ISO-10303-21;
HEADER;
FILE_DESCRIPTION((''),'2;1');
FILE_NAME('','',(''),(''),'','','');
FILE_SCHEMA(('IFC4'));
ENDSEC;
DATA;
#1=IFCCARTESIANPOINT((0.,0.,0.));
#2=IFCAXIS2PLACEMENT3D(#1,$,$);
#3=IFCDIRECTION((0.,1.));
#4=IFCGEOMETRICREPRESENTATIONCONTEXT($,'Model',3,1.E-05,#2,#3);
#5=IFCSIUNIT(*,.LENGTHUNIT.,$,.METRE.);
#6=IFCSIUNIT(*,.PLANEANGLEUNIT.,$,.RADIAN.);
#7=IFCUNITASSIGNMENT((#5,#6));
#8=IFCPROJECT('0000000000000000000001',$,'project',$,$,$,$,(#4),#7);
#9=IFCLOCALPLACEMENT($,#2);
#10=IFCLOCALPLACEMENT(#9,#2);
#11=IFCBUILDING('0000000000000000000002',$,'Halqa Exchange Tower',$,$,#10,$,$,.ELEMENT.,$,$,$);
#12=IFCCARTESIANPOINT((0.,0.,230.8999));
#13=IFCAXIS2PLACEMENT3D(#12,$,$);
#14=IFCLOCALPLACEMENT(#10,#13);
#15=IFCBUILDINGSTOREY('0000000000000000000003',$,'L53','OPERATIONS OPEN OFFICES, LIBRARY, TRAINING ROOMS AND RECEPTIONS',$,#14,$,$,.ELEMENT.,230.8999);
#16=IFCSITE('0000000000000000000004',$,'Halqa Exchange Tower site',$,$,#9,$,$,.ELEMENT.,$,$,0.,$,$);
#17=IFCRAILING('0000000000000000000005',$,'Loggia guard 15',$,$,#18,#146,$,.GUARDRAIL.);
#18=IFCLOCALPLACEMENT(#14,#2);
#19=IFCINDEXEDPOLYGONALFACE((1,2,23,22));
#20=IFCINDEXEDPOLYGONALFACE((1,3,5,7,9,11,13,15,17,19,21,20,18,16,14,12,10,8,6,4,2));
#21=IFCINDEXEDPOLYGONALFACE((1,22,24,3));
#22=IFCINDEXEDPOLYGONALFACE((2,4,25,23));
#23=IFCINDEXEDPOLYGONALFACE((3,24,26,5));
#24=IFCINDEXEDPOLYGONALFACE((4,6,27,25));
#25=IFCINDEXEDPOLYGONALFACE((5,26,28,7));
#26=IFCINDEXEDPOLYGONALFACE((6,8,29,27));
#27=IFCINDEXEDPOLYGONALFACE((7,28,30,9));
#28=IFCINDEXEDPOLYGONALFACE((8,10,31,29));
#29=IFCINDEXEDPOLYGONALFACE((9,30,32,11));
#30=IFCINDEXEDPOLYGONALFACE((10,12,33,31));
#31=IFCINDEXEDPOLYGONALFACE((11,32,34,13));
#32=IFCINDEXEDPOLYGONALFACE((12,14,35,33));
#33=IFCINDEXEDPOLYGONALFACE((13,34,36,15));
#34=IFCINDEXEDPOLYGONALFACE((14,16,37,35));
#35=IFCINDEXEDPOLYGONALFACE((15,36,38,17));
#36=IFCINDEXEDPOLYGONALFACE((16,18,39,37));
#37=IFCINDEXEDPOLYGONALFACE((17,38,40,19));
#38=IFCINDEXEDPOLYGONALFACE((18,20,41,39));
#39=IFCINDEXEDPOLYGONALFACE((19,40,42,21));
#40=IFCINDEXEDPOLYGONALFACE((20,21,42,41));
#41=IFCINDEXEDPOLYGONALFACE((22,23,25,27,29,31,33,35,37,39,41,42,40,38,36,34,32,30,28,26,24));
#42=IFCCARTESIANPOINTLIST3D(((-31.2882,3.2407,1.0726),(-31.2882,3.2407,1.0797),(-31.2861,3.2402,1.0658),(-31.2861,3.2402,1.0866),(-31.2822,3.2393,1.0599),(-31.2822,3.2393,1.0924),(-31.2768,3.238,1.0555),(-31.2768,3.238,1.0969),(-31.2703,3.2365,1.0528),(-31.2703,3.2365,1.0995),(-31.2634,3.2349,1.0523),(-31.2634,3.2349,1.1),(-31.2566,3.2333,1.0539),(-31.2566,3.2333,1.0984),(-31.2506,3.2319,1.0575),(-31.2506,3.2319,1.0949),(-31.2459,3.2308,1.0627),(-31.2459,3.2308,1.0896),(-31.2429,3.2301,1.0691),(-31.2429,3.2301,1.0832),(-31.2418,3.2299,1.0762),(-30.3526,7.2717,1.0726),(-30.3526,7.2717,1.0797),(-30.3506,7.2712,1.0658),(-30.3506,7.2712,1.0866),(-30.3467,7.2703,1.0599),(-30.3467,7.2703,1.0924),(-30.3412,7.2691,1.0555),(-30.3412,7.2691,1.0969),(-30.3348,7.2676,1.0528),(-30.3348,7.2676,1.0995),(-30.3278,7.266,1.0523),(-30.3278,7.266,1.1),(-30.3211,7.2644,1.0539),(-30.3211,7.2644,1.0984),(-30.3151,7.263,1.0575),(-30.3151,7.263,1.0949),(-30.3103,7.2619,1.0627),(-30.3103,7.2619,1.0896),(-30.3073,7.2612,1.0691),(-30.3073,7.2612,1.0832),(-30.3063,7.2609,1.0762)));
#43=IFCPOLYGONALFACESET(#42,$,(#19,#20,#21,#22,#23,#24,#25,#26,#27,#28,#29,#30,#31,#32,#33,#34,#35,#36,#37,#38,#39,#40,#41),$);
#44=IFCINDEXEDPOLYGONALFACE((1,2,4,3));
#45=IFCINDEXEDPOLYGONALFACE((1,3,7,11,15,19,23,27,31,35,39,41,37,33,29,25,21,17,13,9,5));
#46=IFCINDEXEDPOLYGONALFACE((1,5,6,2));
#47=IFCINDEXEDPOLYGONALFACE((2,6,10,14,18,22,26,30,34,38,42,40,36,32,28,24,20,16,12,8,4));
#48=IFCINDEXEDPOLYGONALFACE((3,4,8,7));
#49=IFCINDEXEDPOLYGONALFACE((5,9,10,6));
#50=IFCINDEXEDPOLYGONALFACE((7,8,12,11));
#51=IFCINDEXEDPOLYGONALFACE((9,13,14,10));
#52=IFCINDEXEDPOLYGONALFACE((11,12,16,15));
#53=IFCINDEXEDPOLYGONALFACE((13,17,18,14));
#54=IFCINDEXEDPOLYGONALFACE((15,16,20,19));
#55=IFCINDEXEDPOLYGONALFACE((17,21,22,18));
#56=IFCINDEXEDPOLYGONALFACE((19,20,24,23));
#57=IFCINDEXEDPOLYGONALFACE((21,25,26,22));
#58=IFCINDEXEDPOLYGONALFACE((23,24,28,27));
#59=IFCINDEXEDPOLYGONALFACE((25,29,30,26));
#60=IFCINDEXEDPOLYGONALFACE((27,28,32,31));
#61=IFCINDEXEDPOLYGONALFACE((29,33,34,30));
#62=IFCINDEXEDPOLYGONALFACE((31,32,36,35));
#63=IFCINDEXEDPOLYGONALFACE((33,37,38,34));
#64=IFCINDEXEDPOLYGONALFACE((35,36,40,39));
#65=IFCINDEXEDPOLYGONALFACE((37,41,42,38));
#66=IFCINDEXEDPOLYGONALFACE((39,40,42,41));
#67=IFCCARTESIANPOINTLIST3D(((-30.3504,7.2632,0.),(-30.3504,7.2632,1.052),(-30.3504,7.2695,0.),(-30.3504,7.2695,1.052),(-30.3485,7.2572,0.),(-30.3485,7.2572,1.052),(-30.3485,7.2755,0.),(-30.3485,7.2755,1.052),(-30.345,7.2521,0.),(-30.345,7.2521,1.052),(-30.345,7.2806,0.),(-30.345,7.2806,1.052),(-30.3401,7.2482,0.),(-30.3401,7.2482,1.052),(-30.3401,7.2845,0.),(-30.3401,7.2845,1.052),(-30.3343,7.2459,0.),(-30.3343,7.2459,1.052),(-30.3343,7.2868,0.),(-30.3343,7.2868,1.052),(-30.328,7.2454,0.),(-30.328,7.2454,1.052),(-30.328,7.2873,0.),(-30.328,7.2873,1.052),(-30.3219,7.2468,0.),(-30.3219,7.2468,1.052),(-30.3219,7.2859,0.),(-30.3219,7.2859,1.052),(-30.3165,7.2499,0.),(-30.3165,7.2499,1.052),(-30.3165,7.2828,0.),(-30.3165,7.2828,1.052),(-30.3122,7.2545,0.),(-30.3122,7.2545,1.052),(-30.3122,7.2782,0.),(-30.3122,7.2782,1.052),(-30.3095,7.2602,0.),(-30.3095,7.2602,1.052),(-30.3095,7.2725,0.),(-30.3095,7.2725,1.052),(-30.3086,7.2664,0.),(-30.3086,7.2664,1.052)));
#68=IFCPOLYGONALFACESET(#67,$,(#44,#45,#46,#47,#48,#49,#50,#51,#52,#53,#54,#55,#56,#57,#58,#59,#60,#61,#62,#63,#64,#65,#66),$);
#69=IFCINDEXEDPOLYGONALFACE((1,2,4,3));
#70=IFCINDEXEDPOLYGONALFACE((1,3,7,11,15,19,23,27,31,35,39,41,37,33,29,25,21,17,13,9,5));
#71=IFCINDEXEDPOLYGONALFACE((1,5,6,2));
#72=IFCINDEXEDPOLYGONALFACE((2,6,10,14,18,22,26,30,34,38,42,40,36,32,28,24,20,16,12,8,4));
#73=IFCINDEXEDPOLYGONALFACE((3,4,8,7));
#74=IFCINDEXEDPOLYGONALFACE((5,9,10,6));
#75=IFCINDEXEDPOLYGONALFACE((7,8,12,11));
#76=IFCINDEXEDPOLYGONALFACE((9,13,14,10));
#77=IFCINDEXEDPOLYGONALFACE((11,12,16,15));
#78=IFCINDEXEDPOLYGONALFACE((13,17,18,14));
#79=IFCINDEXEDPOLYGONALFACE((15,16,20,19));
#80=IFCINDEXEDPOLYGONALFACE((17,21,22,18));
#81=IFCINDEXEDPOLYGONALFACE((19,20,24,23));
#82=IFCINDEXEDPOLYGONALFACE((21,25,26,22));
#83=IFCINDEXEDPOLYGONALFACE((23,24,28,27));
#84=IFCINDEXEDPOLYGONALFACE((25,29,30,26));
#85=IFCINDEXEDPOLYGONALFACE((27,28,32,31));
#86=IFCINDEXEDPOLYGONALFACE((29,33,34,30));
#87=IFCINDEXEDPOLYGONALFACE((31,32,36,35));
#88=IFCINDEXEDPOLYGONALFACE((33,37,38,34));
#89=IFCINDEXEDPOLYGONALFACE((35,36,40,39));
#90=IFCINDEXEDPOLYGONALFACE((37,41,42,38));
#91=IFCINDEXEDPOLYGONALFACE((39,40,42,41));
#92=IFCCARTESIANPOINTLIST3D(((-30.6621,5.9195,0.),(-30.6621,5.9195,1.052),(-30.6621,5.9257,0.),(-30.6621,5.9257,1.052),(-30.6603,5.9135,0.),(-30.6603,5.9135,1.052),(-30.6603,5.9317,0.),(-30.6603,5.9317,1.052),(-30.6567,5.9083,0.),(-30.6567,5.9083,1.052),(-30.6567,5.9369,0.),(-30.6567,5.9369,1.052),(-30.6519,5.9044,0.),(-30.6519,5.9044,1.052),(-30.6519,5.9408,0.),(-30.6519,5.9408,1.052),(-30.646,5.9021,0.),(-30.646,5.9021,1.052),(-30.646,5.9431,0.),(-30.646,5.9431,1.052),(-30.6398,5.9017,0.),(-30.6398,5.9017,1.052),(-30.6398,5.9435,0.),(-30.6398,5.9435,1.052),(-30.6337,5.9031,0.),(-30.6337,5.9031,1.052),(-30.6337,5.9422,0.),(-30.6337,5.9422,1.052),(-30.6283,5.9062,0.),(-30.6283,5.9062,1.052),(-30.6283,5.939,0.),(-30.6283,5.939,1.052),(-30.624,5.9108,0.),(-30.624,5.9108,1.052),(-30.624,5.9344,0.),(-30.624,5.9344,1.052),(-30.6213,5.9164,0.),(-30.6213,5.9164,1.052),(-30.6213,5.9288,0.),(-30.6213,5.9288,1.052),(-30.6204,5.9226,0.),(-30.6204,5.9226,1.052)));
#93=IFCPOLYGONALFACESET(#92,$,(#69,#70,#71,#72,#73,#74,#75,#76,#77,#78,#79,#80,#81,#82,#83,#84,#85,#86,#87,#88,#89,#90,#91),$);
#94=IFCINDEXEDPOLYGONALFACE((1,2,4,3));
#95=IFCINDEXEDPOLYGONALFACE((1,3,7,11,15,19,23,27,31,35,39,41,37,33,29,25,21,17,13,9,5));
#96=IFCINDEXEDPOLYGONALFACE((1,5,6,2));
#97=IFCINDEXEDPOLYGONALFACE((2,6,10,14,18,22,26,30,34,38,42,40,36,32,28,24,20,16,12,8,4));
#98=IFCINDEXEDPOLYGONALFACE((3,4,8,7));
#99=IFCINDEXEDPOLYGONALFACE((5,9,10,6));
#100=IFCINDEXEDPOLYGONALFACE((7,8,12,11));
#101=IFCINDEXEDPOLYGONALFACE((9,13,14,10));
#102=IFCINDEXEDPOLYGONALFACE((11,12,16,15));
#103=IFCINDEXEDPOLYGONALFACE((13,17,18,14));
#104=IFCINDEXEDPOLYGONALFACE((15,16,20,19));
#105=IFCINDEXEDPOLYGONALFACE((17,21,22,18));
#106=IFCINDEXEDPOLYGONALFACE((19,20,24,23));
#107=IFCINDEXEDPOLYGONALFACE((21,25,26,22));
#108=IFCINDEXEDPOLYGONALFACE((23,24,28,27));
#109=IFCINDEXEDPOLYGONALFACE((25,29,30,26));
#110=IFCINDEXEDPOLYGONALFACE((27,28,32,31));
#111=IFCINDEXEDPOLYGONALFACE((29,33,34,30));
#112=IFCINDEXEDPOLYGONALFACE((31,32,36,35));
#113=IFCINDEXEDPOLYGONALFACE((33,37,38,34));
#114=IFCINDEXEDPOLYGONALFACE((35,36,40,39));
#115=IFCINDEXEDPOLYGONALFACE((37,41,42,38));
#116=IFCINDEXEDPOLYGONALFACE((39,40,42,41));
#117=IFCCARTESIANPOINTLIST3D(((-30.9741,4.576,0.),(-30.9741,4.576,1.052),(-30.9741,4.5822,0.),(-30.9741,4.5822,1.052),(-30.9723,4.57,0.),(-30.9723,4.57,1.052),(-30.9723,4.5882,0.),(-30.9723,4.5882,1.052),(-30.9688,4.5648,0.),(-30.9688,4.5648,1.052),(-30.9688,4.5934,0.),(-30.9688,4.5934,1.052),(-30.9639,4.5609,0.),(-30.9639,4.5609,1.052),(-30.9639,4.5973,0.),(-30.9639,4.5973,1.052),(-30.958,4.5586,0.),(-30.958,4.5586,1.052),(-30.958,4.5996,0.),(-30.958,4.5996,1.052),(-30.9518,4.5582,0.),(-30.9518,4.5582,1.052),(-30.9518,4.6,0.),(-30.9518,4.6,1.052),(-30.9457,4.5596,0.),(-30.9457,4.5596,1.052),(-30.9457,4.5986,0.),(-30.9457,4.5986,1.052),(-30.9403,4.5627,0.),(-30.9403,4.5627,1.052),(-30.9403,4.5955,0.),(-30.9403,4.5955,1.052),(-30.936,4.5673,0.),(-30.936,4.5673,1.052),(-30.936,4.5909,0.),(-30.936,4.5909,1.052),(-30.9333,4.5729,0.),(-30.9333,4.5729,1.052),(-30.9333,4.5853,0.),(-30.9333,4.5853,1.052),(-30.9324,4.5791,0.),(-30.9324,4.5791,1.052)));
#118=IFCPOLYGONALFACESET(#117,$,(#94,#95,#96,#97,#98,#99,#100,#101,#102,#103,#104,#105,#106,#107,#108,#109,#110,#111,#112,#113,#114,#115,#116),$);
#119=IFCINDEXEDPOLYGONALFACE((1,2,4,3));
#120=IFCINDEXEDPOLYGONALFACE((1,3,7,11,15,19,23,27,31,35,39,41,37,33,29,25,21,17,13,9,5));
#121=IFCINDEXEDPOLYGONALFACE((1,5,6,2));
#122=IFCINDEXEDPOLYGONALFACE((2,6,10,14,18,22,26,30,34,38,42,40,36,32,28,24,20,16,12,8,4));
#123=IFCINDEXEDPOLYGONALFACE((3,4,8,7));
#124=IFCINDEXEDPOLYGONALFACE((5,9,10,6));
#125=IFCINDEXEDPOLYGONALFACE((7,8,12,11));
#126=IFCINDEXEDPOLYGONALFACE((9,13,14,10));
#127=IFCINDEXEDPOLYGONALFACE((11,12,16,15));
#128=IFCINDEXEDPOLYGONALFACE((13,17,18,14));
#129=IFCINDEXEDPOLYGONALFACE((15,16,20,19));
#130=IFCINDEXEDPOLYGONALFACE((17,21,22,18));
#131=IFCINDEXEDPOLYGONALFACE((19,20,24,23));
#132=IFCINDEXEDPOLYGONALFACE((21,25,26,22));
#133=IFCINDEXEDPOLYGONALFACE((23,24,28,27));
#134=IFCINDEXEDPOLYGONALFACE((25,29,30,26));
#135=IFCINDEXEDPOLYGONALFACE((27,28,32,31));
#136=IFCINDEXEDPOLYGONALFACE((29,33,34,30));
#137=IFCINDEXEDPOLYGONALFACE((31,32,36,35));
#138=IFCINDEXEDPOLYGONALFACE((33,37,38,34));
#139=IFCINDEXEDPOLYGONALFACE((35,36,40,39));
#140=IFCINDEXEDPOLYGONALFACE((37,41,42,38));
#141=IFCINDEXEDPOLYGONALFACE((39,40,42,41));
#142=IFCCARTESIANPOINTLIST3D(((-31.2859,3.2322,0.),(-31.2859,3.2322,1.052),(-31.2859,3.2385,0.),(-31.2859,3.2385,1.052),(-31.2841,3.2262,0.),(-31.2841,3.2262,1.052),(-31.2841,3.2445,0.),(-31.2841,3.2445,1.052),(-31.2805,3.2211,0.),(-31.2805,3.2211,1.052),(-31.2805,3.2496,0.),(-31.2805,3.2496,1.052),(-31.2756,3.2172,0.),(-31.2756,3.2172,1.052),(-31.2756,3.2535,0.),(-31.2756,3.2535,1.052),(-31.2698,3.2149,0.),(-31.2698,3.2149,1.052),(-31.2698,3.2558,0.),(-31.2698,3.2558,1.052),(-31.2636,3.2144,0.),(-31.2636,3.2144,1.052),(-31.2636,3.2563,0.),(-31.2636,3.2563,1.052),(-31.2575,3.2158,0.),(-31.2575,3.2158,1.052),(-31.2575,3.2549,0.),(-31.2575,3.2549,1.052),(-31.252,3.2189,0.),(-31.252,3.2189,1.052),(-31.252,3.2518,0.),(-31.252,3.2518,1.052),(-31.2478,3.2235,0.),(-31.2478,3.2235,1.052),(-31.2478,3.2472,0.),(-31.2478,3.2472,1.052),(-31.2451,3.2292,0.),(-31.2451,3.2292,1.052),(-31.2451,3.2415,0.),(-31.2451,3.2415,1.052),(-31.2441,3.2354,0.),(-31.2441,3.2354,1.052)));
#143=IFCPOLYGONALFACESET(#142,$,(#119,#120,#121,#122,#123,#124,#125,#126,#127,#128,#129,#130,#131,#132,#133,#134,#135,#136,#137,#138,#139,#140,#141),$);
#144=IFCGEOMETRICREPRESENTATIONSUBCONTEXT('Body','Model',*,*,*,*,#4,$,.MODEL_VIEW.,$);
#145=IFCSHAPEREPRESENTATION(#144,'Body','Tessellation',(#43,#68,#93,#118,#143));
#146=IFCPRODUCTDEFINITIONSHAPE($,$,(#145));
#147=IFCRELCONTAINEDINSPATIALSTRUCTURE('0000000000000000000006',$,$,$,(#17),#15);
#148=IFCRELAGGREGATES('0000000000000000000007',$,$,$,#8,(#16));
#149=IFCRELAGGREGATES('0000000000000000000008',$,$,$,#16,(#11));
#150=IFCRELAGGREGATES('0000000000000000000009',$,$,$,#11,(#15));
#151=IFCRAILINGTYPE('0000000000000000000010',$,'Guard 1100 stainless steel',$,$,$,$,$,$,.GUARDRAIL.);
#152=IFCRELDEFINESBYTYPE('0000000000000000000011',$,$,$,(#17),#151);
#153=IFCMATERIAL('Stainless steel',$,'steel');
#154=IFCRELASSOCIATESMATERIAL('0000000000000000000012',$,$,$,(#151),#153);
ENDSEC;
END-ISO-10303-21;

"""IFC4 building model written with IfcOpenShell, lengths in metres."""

from ifc_helpers import new_model, si_unit, direction, frame, origin, origin_2d, place, context, subcontext, project, spatial, circle, extrude, material, type_object, element, save


model = new_model("IFC4")

# Units and contexts
model_context = context("Model", 3, precision=1e-05, world=origin(), true_north=direction((0.0, 1.0)))
body_context = subcontext(model_context, "Body", "Model", "MODEL_VIEW")
ifc_project = project(units=[si_unit("LENGTHUNIT", "METRE"), si_unit("PLANEANGLEUNIT", "RADIAN")], contexts=[model_context])

# Site, building, storey
site_placement = place(None, origin())
site = spatial("IfcSite", under=ifc_project, at=site_placement, Name="Halqa Exchange Tower site", CompositionType="ELEMENT", RefElevation=0.0)
building_placement = place(site_placement, origin())
building = spatial("IfcBuilding", under=site, at=building_placement, Name="Halqa Exchange Tower", CompositionType="ELEMENT")
storey_placement = place(building_placement, frame((0.0, 0.0, 230.8999)))
storey = spatial("IfcBuildingStorey", under=building, at=storey_placement, Name="L53", Description="OPERATIONS OPEN OFFICES, LIBRARY, TRAINING ROOMS AND RECEPTIONS", CompositionType="ELEMENT", Elevation=230.8999)

# Railing
ifc_material_1 = material(Name="Stainless steel", Category="steel")
railing_type = type_object("IfcRailingType", Name="Guard 1100 stainless steel", PredefinedType="GUARDRAIL", material=ifc_material_1)
railing_1_placement = place(storey_placement, frame((-30.3296, 7.2664, 0.0)))
element("IfcRailing", 1, at=railing_1_placement, inside=storey, type_object=railing_type, Name="Loggia guard 15", PredefinedType="GUARDRAIL", context=body_context, shape_type="SweptSolid", body=[
    extrude(circle(Radius=0.0239, at=origin_2d()), frame((0.0, 0.0, 1.0762), z_axis=(-0.226079, -0.974109, 0.0), x_axis=(0.974109, -0.226079, 0.0)), (0.0, 0.0, 1.0), 4.1382),
    extrude(circle(Radius=0.021, at=origin_2d()), origin(), (0.0, 0.0, 1.0), 1.052),
    extrude(circle(Radius=0.021, at=origin_2d()), frame((-0.3118, -1.3438, 0.0)), (0.0, 0.0, 1.0), 1.052),
    extrude(circle(Radius=0.021, at=origin_2d()), frame((-0.6238, -2.6873, 0.0)), (0.0, 0.0, 1.0), 1.052),
    extrude(circle(Radius=0.021, at=origin_2d()), frame((-0.9355, -4.031, 0.0)), (0.0, 0.0, 1.0), 1.052),
])

save(model, "model.ifc")
